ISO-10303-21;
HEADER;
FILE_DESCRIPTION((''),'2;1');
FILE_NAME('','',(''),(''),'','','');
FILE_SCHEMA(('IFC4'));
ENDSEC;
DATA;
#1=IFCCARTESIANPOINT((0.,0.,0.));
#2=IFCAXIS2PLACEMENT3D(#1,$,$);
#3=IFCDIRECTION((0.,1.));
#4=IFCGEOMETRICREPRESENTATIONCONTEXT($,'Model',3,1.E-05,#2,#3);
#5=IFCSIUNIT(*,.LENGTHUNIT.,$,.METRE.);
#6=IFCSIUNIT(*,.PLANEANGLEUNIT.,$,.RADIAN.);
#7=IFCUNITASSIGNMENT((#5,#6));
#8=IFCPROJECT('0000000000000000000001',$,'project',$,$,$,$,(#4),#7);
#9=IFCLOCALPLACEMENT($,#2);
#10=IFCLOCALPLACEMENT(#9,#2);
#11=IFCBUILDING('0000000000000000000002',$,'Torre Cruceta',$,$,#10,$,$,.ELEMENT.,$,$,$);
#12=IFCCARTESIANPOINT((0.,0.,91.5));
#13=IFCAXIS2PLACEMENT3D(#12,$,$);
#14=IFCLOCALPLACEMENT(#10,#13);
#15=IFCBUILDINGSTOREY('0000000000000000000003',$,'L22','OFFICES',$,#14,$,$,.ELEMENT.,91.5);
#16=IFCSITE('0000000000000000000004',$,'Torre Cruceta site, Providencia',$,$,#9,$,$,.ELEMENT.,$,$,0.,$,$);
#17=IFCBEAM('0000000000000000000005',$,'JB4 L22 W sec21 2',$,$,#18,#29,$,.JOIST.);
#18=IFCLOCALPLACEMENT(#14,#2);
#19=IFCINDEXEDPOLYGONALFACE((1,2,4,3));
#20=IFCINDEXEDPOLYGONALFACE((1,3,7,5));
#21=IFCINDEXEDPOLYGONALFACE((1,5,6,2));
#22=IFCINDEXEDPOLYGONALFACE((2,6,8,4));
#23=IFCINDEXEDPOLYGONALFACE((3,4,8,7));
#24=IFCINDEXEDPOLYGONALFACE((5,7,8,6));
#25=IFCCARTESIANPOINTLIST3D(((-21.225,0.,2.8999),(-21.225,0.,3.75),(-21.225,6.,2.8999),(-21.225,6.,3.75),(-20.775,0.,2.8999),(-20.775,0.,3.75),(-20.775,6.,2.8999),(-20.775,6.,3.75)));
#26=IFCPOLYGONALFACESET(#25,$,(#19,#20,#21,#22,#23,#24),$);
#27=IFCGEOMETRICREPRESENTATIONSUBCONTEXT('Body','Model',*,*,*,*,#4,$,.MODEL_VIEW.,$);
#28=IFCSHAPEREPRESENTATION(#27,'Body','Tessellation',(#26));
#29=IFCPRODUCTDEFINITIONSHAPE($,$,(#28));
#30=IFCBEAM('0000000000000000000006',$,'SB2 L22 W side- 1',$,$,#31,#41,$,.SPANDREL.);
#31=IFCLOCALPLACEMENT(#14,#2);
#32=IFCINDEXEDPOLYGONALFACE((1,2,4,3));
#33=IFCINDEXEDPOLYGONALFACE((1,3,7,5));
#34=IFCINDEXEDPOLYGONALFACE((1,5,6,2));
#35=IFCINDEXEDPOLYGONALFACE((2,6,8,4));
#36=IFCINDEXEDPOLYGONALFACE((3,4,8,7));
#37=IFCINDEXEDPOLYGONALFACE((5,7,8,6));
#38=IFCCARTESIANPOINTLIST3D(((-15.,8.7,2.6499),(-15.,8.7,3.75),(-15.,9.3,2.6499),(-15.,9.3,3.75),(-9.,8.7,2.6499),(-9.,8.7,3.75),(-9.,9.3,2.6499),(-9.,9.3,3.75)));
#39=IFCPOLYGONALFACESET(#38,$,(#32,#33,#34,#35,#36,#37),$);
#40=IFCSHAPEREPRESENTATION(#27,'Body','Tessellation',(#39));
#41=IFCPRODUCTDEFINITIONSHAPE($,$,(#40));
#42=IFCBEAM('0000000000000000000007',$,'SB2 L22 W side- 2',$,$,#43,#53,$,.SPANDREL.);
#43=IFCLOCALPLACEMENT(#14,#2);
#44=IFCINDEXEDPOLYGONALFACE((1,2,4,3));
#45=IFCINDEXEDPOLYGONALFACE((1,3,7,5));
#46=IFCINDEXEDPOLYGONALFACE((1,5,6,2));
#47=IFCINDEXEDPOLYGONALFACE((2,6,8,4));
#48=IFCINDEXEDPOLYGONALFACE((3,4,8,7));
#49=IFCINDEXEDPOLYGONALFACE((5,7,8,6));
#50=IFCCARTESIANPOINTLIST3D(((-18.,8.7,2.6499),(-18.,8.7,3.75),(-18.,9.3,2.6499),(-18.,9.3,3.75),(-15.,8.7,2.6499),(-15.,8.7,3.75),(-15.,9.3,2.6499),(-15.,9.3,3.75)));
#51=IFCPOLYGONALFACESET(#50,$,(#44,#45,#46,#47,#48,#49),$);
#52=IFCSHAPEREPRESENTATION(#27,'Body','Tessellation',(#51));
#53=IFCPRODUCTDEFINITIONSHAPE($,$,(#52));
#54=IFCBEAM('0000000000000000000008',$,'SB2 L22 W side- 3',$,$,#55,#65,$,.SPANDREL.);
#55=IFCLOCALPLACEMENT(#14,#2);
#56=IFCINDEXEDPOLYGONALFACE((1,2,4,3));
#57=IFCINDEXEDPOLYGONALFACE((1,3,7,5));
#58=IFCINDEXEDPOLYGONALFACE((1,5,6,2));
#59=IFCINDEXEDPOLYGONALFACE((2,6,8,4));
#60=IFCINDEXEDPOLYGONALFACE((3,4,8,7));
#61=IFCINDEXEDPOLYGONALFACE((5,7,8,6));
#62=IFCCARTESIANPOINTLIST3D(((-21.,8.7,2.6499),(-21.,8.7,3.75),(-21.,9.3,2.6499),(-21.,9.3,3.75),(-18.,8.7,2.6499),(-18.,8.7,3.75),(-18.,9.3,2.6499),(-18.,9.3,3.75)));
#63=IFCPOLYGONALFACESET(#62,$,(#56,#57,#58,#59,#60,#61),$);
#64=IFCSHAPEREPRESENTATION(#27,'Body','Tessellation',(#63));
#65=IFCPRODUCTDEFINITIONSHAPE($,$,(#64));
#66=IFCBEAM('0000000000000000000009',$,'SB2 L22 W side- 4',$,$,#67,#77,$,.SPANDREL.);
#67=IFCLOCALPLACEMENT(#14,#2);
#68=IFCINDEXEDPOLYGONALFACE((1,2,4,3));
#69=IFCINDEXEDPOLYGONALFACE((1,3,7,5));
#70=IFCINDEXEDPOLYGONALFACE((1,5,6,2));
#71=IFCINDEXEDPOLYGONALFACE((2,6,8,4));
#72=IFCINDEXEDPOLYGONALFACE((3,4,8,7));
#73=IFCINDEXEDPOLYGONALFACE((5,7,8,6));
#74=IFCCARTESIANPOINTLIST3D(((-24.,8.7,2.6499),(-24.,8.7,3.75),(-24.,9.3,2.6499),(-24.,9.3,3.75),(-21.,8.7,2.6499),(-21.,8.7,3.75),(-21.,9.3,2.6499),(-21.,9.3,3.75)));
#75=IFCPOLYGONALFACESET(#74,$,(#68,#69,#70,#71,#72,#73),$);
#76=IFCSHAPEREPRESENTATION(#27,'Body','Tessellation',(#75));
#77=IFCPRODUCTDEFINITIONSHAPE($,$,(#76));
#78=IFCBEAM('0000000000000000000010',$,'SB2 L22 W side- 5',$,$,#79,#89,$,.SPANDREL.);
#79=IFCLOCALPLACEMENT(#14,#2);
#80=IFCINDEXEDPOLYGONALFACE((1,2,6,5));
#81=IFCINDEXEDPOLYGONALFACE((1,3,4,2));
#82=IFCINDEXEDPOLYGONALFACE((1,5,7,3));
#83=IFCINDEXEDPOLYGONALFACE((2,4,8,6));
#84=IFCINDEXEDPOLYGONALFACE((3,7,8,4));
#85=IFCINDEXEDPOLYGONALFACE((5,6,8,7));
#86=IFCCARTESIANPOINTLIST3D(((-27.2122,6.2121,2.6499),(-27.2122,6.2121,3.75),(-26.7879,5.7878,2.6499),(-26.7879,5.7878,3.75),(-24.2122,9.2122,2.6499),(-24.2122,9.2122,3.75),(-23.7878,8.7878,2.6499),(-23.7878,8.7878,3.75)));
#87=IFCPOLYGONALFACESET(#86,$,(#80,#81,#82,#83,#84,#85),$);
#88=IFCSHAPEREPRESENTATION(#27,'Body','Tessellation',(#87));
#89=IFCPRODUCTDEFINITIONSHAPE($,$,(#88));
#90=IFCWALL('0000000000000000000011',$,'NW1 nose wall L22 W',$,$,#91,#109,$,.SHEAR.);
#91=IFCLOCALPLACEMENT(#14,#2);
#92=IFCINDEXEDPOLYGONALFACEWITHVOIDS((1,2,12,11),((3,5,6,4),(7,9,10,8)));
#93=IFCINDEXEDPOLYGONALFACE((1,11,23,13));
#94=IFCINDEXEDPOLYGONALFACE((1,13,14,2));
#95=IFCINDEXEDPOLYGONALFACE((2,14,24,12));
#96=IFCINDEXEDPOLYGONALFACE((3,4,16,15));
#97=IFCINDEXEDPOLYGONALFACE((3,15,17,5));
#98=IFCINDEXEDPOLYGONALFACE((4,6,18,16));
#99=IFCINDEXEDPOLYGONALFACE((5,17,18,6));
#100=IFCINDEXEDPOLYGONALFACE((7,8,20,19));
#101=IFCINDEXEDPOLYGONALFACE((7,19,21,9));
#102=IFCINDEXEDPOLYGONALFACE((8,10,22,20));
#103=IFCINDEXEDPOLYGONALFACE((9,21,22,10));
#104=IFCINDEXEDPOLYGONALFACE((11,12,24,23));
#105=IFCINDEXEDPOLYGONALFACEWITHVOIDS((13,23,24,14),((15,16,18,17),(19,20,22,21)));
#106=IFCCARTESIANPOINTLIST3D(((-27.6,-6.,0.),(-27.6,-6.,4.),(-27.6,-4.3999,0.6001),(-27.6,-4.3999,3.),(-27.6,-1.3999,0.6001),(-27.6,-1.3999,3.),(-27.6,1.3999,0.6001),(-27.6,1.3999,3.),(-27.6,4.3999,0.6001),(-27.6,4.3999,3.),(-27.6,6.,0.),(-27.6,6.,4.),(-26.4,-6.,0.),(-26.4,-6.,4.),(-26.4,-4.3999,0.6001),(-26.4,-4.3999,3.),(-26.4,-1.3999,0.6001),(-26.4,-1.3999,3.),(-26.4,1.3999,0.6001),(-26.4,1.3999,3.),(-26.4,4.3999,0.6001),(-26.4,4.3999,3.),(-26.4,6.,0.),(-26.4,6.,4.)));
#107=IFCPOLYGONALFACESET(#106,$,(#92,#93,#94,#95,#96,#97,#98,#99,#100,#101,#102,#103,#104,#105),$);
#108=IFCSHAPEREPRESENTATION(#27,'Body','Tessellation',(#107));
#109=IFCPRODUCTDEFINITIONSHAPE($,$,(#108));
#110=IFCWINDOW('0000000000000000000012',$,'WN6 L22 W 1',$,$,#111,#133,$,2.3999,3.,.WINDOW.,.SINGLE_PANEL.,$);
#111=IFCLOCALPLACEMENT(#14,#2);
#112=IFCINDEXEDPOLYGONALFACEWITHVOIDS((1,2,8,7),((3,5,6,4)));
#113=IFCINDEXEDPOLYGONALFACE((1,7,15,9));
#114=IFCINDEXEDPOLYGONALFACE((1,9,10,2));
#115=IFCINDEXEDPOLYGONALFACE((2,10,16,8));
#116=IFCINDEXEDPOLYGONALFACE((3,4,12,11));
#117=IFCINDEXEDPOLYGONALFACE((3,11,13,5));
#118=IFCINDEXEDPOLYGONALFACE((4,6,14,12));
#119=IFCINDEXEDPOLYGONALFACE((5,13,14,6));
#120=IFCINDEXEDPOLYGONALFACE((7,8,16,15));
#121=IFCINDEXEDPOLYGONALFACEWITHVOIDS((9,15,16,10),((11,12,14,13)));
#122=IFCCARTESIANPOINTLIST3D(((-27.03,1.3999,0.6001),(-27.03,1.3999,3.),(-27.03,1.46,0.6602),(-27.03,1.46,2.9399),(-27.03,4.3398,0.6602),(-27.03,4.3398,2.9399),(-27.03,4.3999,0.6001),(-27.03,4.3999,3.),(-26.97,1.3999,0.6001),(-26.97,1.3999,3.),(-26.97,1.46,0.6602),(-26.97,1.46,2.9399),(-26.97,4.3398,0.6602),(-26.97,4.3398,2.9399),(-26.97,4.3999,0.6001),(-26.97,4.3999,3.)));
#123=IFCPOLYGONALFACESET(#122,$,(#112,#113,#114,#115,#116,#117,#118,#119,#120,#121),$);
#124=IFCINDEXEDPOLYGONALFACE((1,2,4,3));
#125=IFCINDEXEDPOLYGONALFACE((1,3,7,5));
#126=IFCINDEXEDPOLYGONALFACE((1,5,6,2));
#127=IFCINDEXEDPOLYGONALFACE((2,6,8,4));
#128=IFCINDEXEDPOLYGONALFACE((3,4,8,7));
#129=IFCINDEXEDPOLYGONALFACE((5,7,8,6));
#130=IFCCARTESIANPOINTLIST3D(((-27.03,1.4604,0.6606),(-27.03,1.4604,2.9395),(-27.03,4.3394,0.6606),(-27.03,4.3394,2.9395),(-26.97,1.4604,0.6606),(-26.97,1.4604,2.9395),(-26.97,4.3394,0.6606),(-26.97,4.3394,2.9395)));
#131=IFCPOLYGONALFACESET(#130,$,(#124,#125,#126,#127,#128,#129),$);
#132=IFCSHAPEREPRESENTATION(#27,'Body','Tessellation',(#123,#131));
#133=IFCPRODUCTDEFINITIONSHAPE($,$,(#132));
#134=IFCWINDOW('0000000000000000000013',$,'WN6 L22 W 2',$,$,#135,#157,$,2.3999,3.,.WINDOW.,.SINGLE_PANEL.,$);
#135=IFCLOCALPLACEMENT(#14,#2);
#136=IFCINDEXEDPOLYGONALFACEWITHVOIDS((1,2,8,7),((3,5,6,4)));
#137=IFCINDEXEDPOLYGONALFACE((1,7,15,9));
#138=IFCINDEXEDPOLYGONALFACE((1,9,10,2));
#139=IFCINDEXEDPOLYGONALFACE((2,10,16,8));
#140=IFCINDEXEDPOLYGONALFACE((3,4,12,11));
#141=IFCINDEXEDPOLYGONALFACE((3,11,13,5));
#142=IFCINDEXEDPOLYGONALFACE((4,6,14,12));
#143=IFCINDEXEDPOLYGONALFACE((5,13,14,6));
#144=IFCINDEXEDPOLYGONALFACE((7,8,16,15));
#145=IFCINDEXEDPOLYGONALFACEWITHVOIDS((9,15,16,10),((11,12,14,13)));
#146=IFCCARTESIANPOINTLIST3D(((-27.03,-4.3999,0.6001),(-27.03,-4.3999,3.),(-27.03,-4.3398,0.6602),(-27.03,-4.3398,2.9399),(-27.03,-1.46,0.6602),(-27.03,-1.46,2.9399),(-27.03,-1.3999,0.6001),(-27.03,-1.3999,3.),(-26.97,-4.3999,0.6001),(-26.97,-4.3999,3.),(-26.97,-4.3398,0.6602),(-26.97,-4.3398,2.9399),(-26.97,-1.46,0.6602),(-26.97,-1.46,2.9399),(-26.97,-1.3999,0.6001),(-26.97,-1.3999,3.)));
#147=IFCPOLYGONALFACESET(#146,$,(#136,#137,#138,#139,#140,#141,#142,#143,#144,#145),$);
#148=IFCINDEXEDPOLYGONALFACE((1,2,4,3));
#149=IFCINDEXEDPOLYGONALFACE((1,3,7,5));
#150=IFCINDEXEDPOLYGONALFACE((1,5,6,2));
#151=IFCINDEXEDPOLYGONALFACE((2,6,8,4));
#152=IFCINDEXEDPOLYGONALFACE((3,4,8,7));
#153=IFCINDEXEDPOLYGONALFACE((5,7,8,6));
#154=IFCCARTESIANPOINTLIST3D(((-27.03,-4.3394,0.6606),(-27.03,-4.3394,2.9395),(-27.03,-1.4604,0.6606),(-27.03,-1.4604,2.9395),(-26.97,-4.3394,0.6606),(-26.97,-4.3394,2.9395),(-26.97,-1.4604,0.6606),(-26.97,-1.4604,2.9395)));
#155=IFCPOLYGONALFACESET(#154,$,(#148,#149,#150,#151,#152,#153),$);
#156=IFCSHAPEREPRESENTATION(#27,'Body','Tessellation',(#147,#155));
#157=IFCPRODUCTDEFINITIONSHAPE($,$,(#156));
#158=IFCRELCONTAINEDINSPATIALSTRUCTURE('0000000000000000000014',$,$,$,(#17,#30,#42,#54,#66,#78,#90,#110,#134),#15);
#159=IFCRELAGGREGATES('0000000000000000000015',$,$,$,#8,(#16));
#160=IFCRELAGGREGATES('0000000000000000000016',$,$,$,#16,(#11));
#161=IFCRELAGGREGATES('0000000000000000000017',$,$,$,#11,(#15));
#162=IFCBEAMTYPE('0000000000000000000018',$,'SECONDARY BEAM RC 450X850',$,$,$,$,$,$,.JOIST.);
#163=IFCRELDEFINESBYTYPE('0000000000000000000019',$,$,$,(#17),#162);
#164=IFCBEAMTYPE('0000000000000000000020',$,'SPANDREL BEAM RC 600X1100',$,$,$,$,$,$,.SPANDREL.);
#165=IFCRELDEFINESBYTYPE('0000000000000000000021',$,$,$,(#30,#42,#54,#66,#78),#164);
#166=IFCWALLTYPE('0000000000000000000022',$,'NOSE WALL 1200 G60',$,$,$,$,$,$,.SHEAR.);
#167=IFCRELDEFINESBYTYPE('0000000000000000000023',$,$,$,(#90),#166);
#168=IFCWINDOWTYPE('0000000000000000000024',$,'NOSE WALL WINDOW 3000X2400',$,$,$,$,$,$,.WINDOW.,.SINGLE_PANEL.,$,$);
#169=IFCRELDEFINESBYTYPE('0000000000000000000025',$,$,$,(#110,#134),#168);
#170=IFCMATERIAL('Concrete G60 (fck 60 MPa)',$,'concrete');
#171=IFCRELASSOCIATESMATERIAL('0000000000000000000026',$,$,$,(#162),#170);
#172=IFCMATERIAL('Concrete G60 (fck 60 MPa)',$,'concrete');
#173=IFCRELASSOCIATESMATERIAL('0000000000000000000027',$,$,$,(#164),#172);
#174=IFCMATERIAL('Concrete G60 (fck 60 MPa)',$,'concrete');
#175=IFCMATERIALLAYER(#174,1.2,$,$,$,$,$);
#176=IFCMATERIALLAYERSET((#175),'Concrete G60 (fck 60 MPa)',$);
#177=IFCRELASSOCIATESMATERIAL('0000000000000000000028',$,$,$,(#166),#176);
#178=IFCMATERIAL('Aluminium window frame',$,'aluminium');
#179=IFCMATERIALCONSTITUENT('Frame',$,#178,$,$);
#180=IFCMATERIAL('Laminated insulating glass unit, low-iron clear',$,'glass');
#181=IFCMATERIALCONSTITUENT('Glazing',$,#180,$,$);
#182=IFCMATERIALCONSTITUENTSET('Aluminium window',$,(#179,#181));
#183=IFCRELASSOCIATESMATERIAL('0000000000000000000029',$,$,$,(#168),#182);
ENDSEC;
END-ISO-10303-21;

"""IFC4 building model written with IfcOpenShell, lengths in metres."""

from ifc_helpers import new_model, si_unit, direction, frame, frame_2d, origin, origin_2d, place, context, subcontext, project, spatial, rectangle, hollow_rectangle, extrude, material, layer, layer_set, constituent, constituent_set, material_profile, profile_set, type_object, element, fill, save


model = new_model("IFC4")

# Units and contexts
model_context = context("Model", 3, precision=1e-05, world=origin(), true_north=direction((0.0, 1.0)))
body_context = subcontext(model_context, "Body", "Model", "MODEL_VIEW")
ifc_project = project(units=[si_unit("LENGTHUNIT", "METRE"), si_unit("PLANEANGLEUNIT", "RADIAN")], contexts=[model_context])

# Site, building, storey
site_placement = place(None, origin())
site = spatial("IfcSite", under=ifc_project, at=site_placement, Name="Torre Cruceta site, Providencia", CompositionType="ELEMENT", RefElevation=0.0)
building_placement = place(site_placement, origin())
building = spatial("IfcBuilding", under=site, at=building_placement, Name="Torre Cruceta", CompositionType="ELEMENT")
storey_placement = place(building_placement, frame((0.0, 0.0, 91.5)))
storey = spatial("IfcBuildingStorey", under=building, at=storey_placement, Name="L22", Description="OFFICES", CompositionType="ELEMENT", Elevation=91.5)

# Beams
ifc_material_1 = material(Name="Concrete G60 (fck 60 MPa)", Category="concrete")
ifc_material_profile_1 = material_profile(ifc_material_1, rectangle(XDim=0.45, YDim=0.8501, at=origin_2d()), Name="RC 450X850")
ifc_profile_set_1 = profile_set([ifc_material_profile_1], Name="Concrete G60 (fck 60 MPa)")
beam_type_1 = type_object("IfcBeamType", Name="SECONDARY BEAM RC 450X850", PredefinedType="JOIST", material=ifc_profile_set_1)
beam_1_placement = place(storey_placement, frame((-21.0, 6.0, 3.325), z_axis=(0.0, -1.0, 0.0), x_axis=(1.0, 0.0, 0.0)))
element("IfcBeam", 1, at=beam_1_placement, inside=storey, type_object=beam_type_1, Name="JB4 L22 W sec21 2", PredefinedType="JOIST", context=body_context, shape_type="SweptSolid", body=[
    extrude(rectangle(XDim=0.45, YDim=0.8501, at=origin_2d()), origin(), (0.0, 0.0, 1.0), 6.0),
])
ifc_material_2 = material(Name="Concrete G60 (fck 60 MPa)", Category="concrete")
ifc_material_profile_2 = material_profile(ifc_material_2, rectangle(XDim=0.6001, YDim=1.1001, at=origin_2d()), Name="RC 600X1100")
ifc_profile_set_2 = profile_set([ifc_material_profile_2], Name="Concrete G60 (fck 60 MPa)")
beam_type_2 = type_object("IfcBeamType", Name="SPANDREL BEAM RC 600X1100", PredefinedType="SPANDREL", material=ifc_profile_set_2)
beam_2_placement = place(storey_placement, frame((-9.0, 9.0, 3.2), z_axis=(-1.0, 0.0, 0.0), x_axis=(0.0, -1.0, 0.0)))
element("IfcBeam", 2, at=beam_2_placement, inside=storey, type_object=beam_type_2, Name="SB2 L22 W side- 1", PredefinedType="SPANDREL", context=body_context, shape_type="SweptSolid", body=[
    extrude(rectangle(XDim=0.6001, YDim=1.1001, at=origin_2d()), origin(), (0.0, 0.0, 1.0), 6.0),
])
for number, where, z_axis, x_axis, name in (
    (3, (-15.0, 9.0, 3.2), (-1.0, 0.0, 0.0), (0.0, -1.0, 0.0), "SB2 L22 W side- 2"),
    (4, (-18.0, 9.0, 3.2), (-1.0, 0.0, 0.0), (0.0, -1.0, 0.0), "SB2 L22 W side- 3"),
    (5, (-21.0, 9.0, 3.2), (-1.0, 0.0, 0.0), (0.0, -1.0, 0.0), "SB2 L22 W side- 4"),
):
    element("IfcBeam", number, at=place(storey_placement, frame(where, z_axis=z_axis, x_axis=x_axis)), inside=storey, type_object=beam_type_2, Name=name, PredefinedType="SPANDREL", context=body_context, shape_type="SweptSolid", body=[
        extrude(rectangle(XDim=0.6001, YDim=1.1001, at=origin_2d()), origin(), (0.0, 0.0, 1.0), 3.0),
    ])
beam_3_placement = place(storey_placement, frame((-24.0, 9.0, 3.2), z_axis=(-0.707107, -0.707107, 0.0), x_axis=(0.707107, -0.707107, 0.0)))
element("IfcBeam", 6, at=beam_3_placement, inside=storey, type_object=beam_type_2, Name="SB2 L22 W side- 5", PredefinedType="SPANDREL", context=body_context, shape_type="SweptSolid", body=[
    extrude(rectangle(XDim=0.6001, YDim=1.1001, at=origin_2d()), origin(), (0.0, 0.0, 1.0), 4.2427),
])

# Wall, openings, windows
ifc_material_3 = material(Name="Concrete G60 (fck 60 MPa)", Category="concrete")
ifc_layer_1 = layer(ifc_material_3, 1.2)
ifc_layer_set_1 = layer_set([ifc_layer_1], Name="Concrete G60 (fck 60 MPa)")
wall_type_1 = type_object("IfcWallType", Name="NOSE WALL 1200 G60", PredefinedType="SHEAR", material=ifc_layer_set_1)
wall_1_placement = place(storey_placement, frame((-27.0, 6.0, 0.0), z_axis=(0.0, 0.0, 1.0), x_axis=(0.0, -1.0, 0.0)))
wall_1 = element("IfcWall", 7, at=wall_1_placement, inside=storey, type_object=wall_type_1, Name="NW1 nose wall L22 W", PredefinedType="SHEAR", context=body_context, shape_type="SweptSolid", body=[
    extrude(rectangle(XDim=12.0, YDim=1.2, at=frame_2d((6.0, 0.0))), origin(), (0.0, 0.0, 1.0), 4.0),
])
opening_1_placement = place(wall_1_placement, frame((1.6001, 0.0, 0.6001)))
opening_1 = element("IfcOpeningElement", 8, at=opening_1_placement, cuts=wall_1, PredefinedType="OPENING", context=body_context, shape_type="SweptSolid", body=[
    extrude(rectangle(XDim=3.0, YDim=2.3999, at=frame_2d((1.5, 1.2))), frame((0.0, 0.6099, 0.0), z_axis=(0.0, -1.0, 0.0), x_axis=(1.0, 0.0, 0.0)), (0.0, 0.0, 1.0), 1.22),
])
opening_2_placement = place(wall_1_placement, frame((7.3999, 0.0, 0.6001)))
opening_2 = element("IfcOpeningElement", 9, at=opening_2_placement, cuts=wall_1, PredefinedType="OPENING", context=body_context, shape_type="SweptSolid", body=[
    extrude(rectangle(XDim=3.0, YDim=2.3999, at=frame_2d((1.5, 1.2))), frame((0.0, 0.6099, 0.0), z_axis=(0.0, -1.0, 0.0), x_axis=(1.0, 0.0, 0.0)), (0.0, 0.0, 1.0), 1.22),
])
ifc_material_4 = material(Name="Aluminium window frame", Category="aluminium")
ifc_constituent_1 = constituent(ifc_material_4, Name="Frame")
ifc_material_5 = material(Name="Laminated insulating glass unit, low-iron clear", Category="glass")
ifc_constituent_2 = constituent(ifc_material_5, Name="Glazing")
ifc_constituent_set_1 = constituent_set(constituents=[ifc_constituent_1, ifc_constituent_2], Name="Aluminium window")
window_type = type_object("IfcWindowType", Name="NOSE WALL WINDOW 3000X2400", PartitioningType="SINGLE_PANEL", PredefinedType="WINDOW", material=ifc_constituent_set_1)
window_1_placement = place(opening_1_placement, origin())
window_1 = element("IfcWindow", 10, at=window_1_placement, inside=storey, type_object=window_type, Name="WN6 L22 W 1", OverallHeight=2.3999, OverallWidth=3.0, PartitioningType="SINGLE_PANEL", PredefinedType="WINDOW", context=body_context, shape_type="SweptSolid", body=[
    extrude(hollow_rectangle(XDim=3.0, YDim=2.3999, WallThickness=0.0601, at=frame_2d((1.5, 1.2))), frame((0.0, 0.03, 0.0), z_axis=(0.0, -1.0, 0.0), x_axis=(1.0, 0.0, 0.0)), (0.0, 0.0, 1.0), 0.0601),
    extrude(rectangle(XDim=2.8789, YDim=2.2788, at=frame_2d((1.5, 1.2))), frame((0.0, 0.03, 0.0), z_axis=(0.0, -1.0, 0.0), x_axis=(1.0, 0.0, 0.0)), (0.0, 0.0, 1.0), 0.0601),
])
fill(opening_1, window_1)
window_2_placement = place(opening_2_placement, origin())
window_2 = element("IfcWindow", 11, at=window_2_placement, inside=storey, type_object=window_type, Name="WN6 L22 W 2", OverallHeight=2.3999, OverallWidth=3.0, PartitioningType="SINGLE_PANEL", PredefinedType="WINDOW", context=body_context, shape_type="SweptSolid", body=[
    extrude(hollow_rectangle(XDim=3.0, YDim=2.3999, WallThickness=0.0601, at=frame_2d((1.5, 1.2))), frame((0.0, 0.03, 0.0), z_axis=(0.0, -1.0, 0.0), x_axis=(1.0, 0.0, 0.0)), (0.0, 0.0, 1.0), 0.0601),
    extrude(rectangle(XDim=2.8789, YDim=2.2788, at=frame_2d((1.5, 1.2))), frame((0.0, 0.03, 0.0), z_axis=(0.0, -1.0, 0.0), x_axis=(1.0, 0.0, 0.0)), (0.0, 0.0, 1.0), 0.0601),
])
fill(opening_2, window_2)

save(model, "model.ifc")
